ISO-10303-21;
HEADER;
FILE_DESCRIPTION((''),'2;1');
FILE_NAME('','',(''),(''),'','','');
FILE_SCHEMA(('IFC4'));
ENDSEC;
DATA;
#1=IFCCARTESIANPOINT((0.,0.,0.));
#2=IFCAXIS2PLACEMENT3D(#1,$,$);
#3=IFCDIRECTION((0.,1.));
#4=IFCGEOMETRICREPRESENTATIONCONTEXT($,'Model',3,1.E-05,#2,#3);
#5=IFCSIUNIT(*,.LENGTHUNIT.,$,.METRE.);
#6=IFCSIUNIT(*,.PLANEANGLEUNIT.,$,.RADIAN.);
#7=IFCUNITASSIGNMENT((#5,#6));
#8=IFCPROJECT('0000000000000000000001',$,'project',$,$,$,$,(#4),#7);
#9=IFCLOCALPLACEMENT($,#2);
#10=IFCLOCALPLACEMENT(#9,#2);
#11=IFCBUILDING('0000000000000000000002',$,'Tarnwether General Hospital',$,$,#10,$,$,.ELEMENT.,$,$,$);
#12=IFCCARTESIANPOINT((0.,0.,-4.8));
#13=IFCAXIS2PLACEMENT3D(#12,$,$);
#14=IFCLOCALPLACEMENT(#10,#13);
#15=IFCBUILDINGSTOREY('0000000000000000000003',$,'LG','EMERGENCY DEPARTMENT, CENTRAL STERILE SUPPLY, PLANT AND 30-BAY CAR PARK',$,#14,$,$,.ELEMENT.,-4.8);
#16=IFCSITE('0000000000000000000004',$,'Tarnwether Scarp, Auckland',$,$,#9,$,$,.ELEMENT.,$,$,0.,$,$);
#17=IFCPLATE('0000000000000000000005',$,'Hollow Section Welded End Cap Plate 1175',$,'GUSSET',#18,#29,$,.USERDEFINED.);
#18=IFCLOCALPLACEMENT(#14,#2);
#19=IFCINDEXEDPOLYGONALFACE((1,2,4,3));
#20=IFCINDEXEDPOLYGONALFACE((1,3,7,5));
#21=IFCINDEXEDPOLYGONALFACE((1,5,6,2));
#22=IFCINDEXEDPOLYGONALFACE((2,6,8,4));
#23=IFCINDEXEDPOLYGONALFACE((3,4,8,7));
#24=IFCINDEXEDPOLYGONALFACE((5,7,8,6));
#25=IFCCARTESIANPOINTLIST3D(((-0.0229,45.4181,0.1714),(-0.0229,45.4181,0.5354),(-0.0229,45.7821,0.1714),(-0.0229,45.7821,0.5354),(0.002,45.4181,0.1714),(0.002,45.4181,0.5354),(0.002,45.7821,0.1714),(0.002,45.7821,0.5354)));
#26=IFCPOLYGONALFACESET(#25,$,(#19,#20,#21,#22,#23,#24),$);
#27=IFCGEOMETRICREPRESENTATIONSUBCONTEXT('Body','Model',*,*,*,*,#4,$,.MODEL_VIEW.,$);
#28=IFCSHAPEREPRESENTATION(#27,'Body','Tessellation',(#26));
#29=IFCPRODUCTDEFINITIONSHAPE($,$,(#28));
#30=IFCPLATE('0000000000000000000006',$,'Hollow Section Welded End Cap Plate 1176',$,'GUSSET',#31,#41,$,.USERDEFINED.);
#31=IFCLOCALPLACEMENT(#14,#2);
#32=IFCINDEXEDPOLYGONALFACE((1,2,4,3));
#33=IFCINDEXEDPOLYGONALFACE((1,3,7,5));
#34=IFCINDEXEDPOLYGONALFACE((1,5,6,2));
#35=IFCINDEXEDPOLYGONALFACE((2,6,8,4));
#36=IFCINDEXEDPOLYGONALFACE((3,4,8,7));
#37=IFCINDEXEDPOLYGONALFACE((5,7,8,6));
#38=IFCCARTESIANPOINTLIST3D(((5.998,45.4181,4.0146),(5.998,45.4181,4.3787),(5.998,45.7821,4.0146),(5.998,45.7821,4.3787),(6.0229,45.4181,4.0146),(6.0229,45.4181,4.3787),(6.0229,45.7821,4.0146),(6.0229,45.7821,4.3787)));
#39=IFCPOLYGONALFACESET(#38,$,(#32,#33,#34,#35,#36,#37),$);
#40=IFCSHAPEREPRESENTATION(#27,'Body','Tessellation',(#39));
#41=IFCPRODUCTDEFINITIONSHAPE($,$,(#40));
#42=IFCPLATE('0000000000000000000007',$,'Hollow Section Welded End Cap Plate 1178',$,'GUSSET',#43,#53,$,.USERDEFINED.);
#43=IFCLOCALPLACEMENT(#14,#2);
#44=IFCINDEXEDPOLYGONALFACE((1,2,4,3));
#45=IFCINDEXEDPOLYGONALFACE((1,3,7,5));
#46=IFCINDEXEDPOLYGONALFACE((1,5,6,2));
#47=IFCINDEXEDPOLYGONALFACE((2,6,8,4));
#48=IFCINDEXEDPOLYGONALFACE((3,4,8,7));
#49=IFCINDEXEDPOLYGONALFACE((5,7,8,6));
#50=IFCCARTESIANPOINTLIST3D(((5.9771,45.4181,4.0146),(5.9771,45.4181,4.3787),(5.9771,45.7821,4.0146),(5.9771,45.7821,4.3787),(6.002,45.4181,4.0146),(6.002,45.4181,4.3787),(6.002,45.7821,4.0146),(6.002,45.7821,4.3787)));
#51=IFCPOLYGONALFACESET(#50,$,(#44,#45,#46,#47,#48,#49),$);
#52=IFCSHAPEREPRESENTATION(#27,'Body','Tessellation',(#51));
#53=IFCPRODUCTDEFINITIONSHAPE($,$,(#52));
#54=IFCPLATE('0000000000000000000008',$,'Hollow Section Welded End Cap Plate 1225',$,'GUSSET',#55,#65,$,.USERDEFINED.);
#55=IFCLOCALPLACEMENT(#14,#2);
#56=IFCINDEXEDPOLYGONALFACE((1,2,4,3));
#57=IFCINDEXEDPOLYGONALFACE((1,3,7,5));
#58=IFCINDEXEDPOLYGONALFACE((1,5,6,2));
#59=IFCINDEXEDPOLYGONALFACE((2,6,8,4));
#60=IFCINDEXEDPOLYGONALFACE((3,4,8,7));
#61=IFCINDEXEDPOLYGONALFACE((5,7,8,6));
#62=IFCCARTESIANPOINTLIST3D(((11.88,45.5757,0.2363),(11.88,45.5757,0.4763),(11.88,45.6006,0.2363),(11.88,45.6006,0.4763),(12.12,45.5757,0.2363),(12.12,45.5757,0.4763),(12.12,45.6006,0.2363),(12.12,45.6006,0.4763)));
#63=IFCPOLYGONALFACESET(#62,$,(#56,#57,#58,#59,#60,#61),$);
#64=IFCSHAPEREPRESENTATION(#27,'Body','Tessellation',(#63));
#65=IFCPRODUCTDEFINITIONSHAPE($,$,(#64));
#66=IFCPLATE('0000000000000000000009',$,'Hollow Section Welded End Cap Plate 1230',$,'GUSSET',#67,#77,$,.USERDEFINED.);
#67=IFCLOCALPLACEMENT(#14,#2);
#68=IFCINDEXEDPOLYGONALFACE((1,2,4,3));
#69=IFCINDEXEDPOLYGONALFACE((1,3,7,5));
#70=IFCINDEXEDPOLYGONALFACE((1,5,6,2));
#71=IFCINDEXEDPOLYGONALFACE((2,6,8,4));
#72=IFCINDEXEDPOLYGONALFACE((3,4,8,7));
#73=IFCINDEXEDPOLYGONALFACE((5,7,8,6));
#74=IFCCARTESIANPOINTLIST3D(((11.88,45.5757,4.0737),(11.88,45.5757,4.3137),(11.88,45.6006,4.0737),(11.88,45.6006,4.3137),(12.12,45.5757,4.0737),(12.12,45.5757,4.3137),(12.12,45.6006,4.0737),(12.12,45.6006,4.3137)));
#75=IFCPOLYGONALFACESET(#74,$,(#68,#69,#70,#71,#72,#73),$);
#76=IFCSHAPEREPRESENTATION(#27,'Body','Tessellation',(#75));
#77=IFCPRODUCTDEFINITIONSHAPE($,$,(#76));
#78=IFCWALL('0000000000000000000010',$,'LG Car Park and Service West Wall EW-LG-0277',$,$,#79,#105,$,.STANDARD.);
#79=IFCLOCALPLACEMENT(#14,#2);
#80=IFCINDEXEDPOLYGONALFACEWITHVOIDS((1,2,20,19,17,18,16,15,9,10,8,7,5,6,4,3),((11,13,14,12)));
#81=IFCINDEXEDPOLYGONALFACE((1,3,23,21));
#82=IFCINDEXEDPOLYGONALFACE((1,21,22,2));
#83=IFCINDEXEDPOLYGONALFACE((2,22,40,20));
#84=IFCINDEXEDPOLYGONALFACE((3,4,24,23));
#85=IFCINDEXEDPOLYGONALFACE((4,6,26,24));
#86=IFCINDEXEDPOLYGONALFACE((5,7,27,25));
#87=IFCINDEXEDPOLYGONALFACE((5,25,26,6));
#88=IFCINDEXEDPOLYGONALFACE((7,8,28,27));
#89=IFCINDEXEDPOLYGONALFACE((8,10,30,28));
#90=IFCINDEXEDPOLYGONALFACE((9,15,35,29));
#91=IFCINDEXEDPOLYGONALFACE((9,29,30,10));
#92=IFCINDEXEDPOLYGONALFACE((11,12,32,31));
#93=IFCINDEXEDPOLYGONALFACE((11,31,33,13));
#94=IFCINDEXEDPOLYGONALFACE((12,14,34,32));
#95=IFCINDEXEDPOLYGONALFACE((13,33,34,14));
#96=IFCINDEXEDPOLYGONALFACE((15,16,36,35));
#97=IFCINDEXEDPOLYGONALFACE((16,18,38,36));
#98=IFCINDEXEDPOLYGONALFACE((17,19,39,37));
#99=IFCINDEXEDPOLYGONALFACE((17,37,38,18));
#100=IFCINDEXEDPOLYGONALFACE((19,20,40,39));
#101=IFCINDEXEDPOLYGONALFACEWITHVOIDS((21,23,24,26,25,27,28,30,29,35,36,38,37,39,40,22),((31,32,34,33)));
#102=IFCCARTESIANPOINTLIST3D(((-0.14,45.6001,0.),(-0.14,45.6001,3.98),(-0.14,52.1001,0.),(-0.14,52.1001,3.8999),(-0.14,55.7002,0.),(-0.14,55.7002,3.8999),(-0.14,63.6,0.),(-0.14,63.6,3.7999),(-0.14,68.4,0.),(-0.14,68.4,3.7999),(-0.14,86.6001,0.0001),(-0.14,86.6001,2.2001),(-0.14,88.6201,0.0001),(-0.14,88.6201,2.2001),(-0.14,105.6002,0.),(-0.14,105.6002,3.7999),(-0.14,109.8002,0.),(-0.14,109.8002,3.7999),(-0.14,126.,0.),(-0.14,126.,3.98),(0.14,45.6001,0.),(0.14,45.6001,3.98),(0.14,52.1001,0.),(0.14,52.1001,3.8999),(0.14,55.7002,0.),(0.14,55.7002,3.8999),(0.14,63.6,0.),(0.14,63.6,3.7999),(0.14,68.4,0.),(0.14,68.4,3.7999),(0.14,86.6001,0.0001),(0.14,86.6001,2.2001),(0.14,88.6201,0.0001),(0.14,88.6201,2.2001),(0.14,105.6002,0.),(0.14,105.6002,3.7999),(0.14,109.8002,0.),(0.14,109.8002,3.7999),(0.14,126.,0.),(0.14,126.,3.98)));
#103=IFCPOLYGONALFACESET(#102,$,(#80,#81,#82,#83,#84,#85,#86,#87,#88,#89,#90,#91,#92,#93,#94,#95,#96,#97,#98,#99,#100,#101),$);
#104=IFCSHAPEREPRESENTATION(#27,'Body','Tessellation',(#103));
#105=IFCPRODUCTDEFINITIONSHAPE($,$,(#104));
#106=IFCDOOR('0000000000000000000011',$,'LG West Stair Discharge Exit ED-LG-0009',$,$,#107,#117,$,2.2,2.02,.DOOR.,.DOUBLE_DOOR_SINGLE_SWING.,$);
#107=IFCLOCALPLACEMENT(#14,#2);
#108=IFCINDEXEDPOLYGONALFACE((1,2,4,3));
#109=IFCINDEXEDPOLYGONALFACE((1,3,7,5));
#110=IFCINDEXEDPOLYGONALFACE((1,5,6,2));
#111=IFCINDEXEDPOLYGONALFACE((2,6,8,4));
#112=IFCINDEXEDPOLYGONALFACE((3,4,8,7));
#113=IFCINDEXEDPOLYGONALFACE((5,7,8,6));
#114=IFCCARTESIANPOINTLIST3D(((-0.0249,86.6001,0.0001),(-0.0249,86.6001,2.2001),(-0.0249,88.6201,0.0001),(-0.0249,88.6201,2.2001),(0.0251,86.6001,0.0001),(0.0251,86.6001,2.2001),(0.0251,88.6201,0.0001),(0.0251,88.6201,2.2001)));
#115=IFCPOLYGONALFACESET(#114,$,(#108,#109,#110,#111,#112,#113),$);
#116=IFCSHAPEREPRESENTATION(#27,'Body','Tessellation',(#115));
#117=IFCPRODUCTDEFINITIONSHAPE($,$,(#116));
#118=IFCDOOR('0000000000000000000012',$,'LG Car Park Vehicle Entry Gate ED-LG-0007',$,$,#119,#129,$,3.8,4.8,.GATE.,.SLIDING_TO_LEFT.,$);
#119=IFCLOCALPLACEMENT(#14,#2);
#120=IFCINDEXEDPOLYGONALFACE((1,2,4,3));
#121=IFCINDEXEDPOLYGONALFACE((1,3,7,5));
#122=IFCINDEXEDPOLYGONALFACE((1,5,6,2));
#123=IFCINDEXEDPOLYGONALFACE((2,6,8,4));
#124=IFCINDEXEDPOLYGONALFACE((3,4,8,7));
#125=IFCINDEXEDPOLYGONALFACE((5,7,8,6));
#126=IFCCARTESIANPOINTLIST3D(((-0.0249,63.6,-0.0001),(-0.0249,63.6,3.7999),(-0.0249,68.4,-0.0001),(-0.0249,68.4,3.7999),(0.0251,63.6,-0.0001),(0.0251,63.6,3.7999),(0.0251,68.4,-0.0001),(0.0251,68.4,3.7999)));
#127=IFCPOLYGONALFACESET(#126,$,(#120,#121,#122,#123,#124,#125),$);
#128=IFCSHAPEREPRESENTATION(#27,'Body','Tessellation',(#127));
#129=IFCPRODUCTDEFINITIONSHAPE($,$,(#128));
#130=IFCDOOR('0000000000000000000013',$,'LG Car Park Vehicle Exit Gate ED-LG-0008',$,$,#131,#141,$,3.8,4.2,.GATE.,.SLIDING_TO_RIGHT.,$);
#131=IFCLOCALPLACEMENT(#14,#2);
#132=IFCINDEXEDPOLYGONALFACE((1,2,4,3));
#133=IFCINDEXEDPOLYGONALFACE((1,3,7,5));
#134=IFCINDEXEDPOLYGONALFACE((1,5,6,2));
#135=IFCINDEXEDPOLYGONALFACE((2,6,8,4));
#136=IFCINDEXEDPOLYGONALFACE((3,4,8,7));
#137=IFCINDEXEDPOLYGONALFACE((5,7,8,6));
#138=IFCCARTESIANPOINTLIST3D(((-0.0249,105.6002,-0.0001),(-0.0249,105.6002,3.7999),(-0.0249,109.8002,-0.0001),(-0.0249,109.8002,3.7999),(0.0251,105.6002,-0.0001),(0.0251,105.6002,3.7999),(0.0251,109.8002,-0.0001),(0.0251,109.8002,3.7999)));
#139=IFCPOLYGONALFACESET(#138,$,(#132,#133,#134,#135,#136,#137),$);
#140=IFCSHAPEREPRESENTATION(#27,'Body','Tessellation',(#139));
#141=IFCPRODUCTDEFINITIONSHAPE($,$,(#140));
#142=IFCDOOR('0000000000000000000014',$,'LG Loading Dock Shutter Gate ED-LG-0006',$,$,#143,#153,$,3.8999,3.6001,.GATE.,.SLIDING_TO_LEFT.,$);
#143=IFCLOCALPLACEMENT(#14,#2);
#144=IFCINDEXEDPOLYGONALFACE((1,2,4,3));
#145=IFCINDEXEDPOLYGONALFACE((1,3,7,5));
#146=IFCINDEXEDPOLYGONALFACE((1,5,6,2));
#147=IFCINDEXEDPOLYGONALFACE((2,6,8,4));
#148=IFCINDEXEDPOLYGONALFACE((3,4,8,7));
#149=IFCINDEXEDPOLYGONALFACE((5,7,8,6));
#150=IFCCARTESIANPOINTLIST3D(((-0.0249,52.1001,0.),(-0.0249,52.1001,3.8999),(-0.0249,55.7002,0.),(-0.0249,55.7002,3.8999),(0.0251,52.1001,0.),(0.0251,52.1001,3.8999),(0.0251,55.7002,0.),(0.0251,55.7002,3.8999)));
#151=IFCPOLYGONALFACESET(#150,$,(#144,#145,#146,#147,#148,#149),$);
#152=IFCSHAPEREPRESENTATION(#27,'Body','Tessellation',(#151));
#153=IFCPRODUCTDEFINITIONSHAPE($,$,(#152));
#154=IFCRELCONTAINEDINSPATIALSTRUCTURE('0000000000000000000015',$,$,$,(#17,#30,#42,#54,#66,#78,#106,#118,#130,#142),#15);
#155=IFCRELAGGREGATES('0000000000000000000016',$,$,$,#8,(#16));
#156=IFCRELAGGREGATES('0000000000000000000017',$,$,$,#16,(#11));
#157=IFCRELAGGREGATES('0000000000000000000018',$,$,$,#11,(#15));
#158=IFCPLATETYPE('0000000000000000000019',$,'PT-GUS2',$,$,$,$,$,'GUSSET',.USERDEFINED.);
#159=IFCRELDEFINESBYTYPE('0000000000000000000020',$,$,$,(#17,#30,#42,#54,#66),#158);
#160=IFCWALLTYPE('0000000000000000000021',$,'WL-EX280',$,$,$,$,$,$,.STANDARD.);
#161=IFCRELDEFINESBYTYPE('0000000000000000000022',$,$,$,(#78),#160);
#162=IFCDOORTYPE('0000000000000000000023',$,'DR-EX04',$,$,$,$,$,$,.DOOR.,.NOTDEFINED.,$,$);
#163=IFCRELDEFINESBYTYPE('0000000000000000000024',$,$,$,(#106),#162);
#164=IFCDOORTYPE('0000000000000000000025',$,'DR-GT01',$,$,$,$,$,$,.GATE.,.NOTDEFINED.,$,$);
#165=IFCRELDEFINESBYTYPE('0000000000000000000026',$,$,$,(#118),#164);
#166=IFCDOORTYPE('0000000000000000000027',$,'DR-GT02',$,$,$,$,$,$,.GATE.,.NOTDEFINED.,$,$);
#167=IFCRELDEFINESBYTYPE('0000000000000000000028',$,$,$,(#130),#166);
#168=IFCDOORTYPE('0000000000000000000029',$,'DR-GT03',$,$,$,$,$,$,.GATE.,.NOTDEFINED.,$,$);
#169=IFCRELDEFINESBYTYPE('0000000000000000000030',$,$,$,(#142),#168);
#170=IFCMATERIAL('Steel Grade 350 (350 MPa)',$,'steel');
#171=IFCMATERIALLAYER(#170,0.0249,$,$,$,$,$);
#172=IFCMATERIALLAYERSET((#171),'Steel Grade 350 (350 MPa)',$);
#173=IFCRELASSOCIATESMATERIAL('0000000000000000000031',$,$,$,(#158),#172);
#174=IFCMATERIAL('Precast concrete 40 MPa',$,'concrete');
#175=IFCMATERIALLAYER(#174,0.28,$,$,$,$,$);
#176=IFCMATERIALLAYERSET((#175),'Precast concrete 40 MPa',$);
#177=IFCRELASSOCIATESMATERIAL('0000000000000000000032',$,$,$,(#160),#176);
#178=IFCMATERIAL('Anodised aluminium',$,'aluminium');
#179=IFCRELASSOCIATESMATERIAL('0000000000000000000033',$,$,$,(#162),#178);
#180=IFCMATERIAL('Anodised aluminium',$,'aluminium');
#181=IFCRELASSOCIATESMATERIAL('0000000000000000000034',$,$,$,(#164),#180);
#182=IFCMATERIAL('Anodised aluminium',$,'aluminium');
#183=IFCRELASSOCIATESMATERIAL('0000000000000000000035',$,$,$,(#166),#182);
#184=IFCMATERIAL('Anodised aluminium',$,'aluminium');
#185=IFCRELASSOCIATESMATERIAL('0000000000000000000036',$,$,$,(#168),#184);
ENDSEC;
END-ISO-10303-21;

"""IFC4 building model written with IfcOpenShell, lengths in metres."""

from ifc_helpers import new_model, si_unit, direction, frame, frame_2d, origin, origin_2d, place, context, subcontext, project, spatial, rectangle, extrude, material, layer, layer_set, type_object, element, fill, save


model = new_model("IFC4")

# Units and contexts
model_context = context("Model", 3, precision=1e-05, world=origin(), true_north=direction((0.0, 1.0)))
body_context = subcontext(model_context, "Body", "Model", "MODEL_VIEW")
ifc_project = project(units=[si_unit("LENGTHUNIT", "METRE"), si_unit("PLANEANGLEUNIT", "RADIAN")], contexts=[model_context])

# Site, building, storey
site_placement = place(None, origin())
site = spatial("IfcSite", under=ifc_project, at=site_placement, Name="Tarnwether Scarp, Auckland", CompositionType="ELEMENT", RefElevation=0.0)
building_placement = place(site_placement, origin())
building = spatial("IfcBuilding", under=site, at=building_placement, Name="Tarnwether General Hospital", CompositionType="ELEMENT")
storey_placement = place(building_placement, frame((0.0, 0.0, -4.8)))
storey = spatial("IfcBuildingStorey", under=building, at=storey_placement, Name="LG", Description="EMERGENCY DEPARTMENT, CENTRAL STERILE SUPPLY, PLANT AND 30-BAY CAR PARK", CompositionType="ELEMENT", Elevation=-4.8)

# Plates
ifc_material_1 = material(Name="Steel Grade 350 (350 MPa)", Category="steel")
ifc_layer_1 = layer(ifc_material_1, 0.0249)
ifc_layer_set_1 = layer_set([ifc_layer_1], Name="Steel Grade 350 (350 MPa)")
plate_type_1 = type_object("IfcPlateType", Name="PT-GUS2", ElementType="GUSSET", PredefinedType="USERDEFINED", material=ifc_layer_set_1)
for number, where, z_axis, x_axis, name in (
    (1, (-0.0105, 45.6001, 0.1714), (0.0, 0.0, 1.0), (1.0, 0.0, 0.0), "Hollow Section Welded End Cap Plate 1175"),
    (2, (6.0105, 45.6001, 4.0146), (0.0, 0.0, 1.0), (1.0, 0.0, 0.0), "Hollow Section Welded End Cap Plate 1176"),
    (3, (5.9895, 45.6001, 4.0146), (0.0, 0.0, 1.0), (-1.0, 0.0, 0.0), "Hollow Section Welded End Cap Plate 1178"),
):
    element("IfcPlate", number, at=place(storey_placement, frame(where, z_axis=z_axis, x_axis=x_axis)), inside=storey, type_object=plate_type_1, Name=name, ObjectType="GUSSET", PredefinedType="USERDEFINED", context=body_context, shape_type="SweptSolid", body=[
        extrude(rectangle(XDim=0.0249, YDim=0.364, at=origin_2d()), origin(), (0.0, 0.0, 1.0), 0.364),
    ])
for number, where, z_axis, x_axis, name in (
    (4, (12.0, 45.5881, 0.2363), (0.0, 0.0, 1.0), (0.0, 1.0, 0.0), "Hollow Section Welded End Cap Plate 1225"),
    (5, (12.0, 45.5881, 4.0737), (0.0, 0.0, 1.0), (0.0, -1.0, 0.0), "Hollow Section Welded End Cap Plate 1230"),
):
    element("IfcPlate", number, at=place(storey_placement, frame(where, z_axis=z_axis, x_axis=x_axis)), inside=storey, type_object=plate_type_1, Name=name, ObjectType="GUSSET", PredefinedType="USERDEFINED", context=body_context, shape_type="SweptSolid", body=[
        extrude(rectangle(XDim=0.0249, YDim=0.24, at=origin_2d()), origin(), (0.0, 0.0, 1.0), 0.24),
    ])

# Wall, openings, doors
ifc_material_2 = material(Name="Precast concrete 40 MPa", Category="concrete")
ifc_layer_2 = layer(ifc_material_2, 0.28)
ifc_layer_set_2 = layer_set([ifc_layer_2], Name="Precast concrete 40 MPa")
wall_type = type_object("IfcWallType", Name="WL-EX280", PredefinedType="STANDARD", material=ifc_layer_set_2)
wall_placement = place(storey_placement, frame((0.0, 45.6001, 0.0), z_axis=(0.0, 0.0, 1.0), x_axis=(0.0, 1.0, 0.0)))
wall = element("IfcWall", 6, at=wall_placement, inside=storey, type_object=wall_type, Name="LG Car Park and Service West Wall EW-LG-0277", PredefinedType="STANDARD", context=body_context, shape_type="SweptSolid", body=[
    extrude(rectangle(XDim=80.3999, YDim=0.28, at=frame_2d((40.2, 0.0))), origin(), (0.0, 0.0, 1.0), 3.98),
])
opening_1_placement = place(wall_placement, frame((6.5, 0.0, 0.0)))
opening_1 = element("IfcOpeningElement", 7, at=opening_1_placement, cuts=wall, PredefinedType="OPENING", context=body_context, shape_type="SweptSolid", body=[
    extrude(rectangle(XDim=3.6001, YDim=3.8999, at=frame_2d((1.8, 1.95))), frame((0.0, 0.1499, 0.0), z_axis=(0.0, -1.0, 0.0), x_axis=(1.0, 0.0, 0.0)), (0.0, 0.0, 1.0), 0.3),
])
opening_2_placement = place(wall_placement, frame((18.0, 0.0, 0.0)))
opening_2 = element("IfcOpeningElement", 8, at=opening_2_placement, cuts=wall, PredefinedType="OPENING", context=body_context, shape_type="SweptSolid", body=[
    extrude(rectangle(XDim=4.8, YDim=3.8, at=frame_2d((2.3999, 1.8999))), frame((0.0, 0.1499, 0.0), z_axis=(0.0, -1.0, 0.0), x_axis=(1.0, 0.0, 0.0)), (0.0, 0.0, 1.0), 0.3),
])
opening_3_placement = place(wall_placement, frame((60.0, 0.0, 0.0)))
opening_3 = element("IfcOpeningElement", 9, at=opening_3_placement, cuts=wall, PredefinedType="OPENING", context=body_context, shape_type="SweptSolid", body=[
    extrude(rectangle(XDim=4.2, YDim=3.8, at=frame_2d((2.1001, 1.8999))), frame((0.0, 0.1499, 0.0), z_axis=(0.0, -1.0, 0.0), x_axis=(1.0, 0.0, 0.0)), (0.0, 0.0, 1.0), 0.3),
])
opening_4_placement = place(wall_placement, frame((41.0, 0.0, 0.0)))
opening_4 = element("IfcOpeningElement", 10, at=opening_4_placement, cuts=wall, PredefinedType="OPENING", context=body_context, shape_type="SweptSolid", body=[
    extrude(rectangle(XDim=2.02, YDim=2.2, at=frame_2d((1.01, 1.1001))), frame((0.0, 0.1499, 0.0), z_axis=(0.0, -1.0, 0.0), x_axis=(1.0, 0.0, 0.0)), (0.0, 0.0, 1.0), 0.3),
])
ifc_material_3 = material(Name="Anodised aluminium", Category="aluminium")
door_type_1 = type_object("IfcDoorType", Name="DR-EX04", OperationType="NOTDEFINED", PredefinedType="DOOR", material=ifc_material_3)
door_1_placement = place(opening_4_placement, origin())
door_1 = element("IfcDoor", 11, at=door_1_placement, inside=storey, type_object=door_type_1, Name="LG West Stair Discharge Exit ED-LG-0009", OperationType="DOUBLE_DOOR_SINGLE_SWING", OverallHeight=2.2, OverallWidth=2.02, PredefinedType="DOOR", context=body_context, shape_type="SweptSolid", body=[
    extrude(rectangle(XDim=2.02, YDim=2.2, at=frame_2d((1.01, 1.1001))), frame((0.0, 0.0249, 0.0), z_axis=(0.0, -1.0, 0.0), x_axis=(1.0, 0.0, 0.0)), (0.0, 0.0, 1.0), 0.05),
])
fill(opening_4, door_1)
ifc_material_4 = material(Name="Anodised aluminium", Category="aluminium")
door_type_2 = type_object("IfcDoorType", Name="DR-GT01", OperationType="NOTDEFINED", PredefinedType="GATE", material=ifc_material_4)
door_2_placement = place(opening_2_placement, origin())
door_2 = element("IfcDoor", 12, at=door_2_placement, inside=storey, type_object=door_type_2, Name="LG Car Park Vehicle Entry Gate ED-LG-0007", OperationType="SLIDING_TO_LEFT", OverallHeight=3.8, OverallWidth=4.8, PredefinedType="GATE", context=body_context, shape_type="SweptSolid", body=[
    extrude(rectangle(XDim=4.8, YDim=3.8, at=frame_2d((2.3999, 1.8999))), frame((0.0, 0.0249, 0.0), z_axis=(0.0, -1.0, 0.0), x_axis=(1.0, 0.0, 0.0)), (0.0, 0.0, 1.0), 0.05),
])
fill(opening_2, door_2)
ifc_material_5 = material(Name="Anodised aluminium", Category="aluminium")
door_type_3 = type_object("IfcDoorType", Name="DR-GT02", OperationType="NOTDEFINED", PredefinedType="GATE", material=ifc_material_5)
door_3_placement = place(opening_3_placement, origin())
door_3 = element("IfcDoor", 13, at=door_3_placement, inside=storey, type_object=door_type_3, Name="LG Car Park Vehicle Exit Gate ED-LG-0008", OperationType="SLIDING_TO_RIGHT", OverallHeight=3.8, OverallWidth=4.2, PredefinedType="GATE", context=body_context, shape_type="SweptSolid", body=[
    extrude(rectangle(XDim=4.2, YDim=3.8, at=frame_2d((2.1001, 1.8999))), frame((0.0, 0.0249, 0.0), z_axis=(0.0, -1.0, 0.0), x_axis=(1.0, 0.0, 0.0)), (0.0, 0.0, 1.0), 0.05),
])
fill(opening_3, door_3)
ifc_material_6 = material(Name="Anodised aluminium", Category="aluminium")
door_type_4 = type_object("IfcDoorType", Name="DR-GT03", OperationType="NOTDEFINED", PredefinedType="GATE", material=ifc_material_6)
door_4_placement = place(opening_1_placement, origin())
door_4 = element("IfcDoor", 14, at=door_4_placement, inside=storey, type_object=door_type_4, Name="LG Loading Dock Shutter Gate ED-LG-0006", OperationType="SLIDING_TO_LEFT", OverallHeight=3.8999, OverallWidth=3.6001, PredefinedType="GATE", context=body_context, shape_type="SweptSolid", body=[
    extrude(rectangle(XDim=3.6001, YDim=3.8999, at=frame_2d((1.8, 1.95))), frame((0.0, 0.0249, 0.0), z_axis=(0.0, -1.0, 0.0), x_axis=(1.0, 0.0, 0.0)), (0.0, 0.0, 1.0), 0.05),
])
fill(opening_1, door_4)

save(model, "model.ifc")
